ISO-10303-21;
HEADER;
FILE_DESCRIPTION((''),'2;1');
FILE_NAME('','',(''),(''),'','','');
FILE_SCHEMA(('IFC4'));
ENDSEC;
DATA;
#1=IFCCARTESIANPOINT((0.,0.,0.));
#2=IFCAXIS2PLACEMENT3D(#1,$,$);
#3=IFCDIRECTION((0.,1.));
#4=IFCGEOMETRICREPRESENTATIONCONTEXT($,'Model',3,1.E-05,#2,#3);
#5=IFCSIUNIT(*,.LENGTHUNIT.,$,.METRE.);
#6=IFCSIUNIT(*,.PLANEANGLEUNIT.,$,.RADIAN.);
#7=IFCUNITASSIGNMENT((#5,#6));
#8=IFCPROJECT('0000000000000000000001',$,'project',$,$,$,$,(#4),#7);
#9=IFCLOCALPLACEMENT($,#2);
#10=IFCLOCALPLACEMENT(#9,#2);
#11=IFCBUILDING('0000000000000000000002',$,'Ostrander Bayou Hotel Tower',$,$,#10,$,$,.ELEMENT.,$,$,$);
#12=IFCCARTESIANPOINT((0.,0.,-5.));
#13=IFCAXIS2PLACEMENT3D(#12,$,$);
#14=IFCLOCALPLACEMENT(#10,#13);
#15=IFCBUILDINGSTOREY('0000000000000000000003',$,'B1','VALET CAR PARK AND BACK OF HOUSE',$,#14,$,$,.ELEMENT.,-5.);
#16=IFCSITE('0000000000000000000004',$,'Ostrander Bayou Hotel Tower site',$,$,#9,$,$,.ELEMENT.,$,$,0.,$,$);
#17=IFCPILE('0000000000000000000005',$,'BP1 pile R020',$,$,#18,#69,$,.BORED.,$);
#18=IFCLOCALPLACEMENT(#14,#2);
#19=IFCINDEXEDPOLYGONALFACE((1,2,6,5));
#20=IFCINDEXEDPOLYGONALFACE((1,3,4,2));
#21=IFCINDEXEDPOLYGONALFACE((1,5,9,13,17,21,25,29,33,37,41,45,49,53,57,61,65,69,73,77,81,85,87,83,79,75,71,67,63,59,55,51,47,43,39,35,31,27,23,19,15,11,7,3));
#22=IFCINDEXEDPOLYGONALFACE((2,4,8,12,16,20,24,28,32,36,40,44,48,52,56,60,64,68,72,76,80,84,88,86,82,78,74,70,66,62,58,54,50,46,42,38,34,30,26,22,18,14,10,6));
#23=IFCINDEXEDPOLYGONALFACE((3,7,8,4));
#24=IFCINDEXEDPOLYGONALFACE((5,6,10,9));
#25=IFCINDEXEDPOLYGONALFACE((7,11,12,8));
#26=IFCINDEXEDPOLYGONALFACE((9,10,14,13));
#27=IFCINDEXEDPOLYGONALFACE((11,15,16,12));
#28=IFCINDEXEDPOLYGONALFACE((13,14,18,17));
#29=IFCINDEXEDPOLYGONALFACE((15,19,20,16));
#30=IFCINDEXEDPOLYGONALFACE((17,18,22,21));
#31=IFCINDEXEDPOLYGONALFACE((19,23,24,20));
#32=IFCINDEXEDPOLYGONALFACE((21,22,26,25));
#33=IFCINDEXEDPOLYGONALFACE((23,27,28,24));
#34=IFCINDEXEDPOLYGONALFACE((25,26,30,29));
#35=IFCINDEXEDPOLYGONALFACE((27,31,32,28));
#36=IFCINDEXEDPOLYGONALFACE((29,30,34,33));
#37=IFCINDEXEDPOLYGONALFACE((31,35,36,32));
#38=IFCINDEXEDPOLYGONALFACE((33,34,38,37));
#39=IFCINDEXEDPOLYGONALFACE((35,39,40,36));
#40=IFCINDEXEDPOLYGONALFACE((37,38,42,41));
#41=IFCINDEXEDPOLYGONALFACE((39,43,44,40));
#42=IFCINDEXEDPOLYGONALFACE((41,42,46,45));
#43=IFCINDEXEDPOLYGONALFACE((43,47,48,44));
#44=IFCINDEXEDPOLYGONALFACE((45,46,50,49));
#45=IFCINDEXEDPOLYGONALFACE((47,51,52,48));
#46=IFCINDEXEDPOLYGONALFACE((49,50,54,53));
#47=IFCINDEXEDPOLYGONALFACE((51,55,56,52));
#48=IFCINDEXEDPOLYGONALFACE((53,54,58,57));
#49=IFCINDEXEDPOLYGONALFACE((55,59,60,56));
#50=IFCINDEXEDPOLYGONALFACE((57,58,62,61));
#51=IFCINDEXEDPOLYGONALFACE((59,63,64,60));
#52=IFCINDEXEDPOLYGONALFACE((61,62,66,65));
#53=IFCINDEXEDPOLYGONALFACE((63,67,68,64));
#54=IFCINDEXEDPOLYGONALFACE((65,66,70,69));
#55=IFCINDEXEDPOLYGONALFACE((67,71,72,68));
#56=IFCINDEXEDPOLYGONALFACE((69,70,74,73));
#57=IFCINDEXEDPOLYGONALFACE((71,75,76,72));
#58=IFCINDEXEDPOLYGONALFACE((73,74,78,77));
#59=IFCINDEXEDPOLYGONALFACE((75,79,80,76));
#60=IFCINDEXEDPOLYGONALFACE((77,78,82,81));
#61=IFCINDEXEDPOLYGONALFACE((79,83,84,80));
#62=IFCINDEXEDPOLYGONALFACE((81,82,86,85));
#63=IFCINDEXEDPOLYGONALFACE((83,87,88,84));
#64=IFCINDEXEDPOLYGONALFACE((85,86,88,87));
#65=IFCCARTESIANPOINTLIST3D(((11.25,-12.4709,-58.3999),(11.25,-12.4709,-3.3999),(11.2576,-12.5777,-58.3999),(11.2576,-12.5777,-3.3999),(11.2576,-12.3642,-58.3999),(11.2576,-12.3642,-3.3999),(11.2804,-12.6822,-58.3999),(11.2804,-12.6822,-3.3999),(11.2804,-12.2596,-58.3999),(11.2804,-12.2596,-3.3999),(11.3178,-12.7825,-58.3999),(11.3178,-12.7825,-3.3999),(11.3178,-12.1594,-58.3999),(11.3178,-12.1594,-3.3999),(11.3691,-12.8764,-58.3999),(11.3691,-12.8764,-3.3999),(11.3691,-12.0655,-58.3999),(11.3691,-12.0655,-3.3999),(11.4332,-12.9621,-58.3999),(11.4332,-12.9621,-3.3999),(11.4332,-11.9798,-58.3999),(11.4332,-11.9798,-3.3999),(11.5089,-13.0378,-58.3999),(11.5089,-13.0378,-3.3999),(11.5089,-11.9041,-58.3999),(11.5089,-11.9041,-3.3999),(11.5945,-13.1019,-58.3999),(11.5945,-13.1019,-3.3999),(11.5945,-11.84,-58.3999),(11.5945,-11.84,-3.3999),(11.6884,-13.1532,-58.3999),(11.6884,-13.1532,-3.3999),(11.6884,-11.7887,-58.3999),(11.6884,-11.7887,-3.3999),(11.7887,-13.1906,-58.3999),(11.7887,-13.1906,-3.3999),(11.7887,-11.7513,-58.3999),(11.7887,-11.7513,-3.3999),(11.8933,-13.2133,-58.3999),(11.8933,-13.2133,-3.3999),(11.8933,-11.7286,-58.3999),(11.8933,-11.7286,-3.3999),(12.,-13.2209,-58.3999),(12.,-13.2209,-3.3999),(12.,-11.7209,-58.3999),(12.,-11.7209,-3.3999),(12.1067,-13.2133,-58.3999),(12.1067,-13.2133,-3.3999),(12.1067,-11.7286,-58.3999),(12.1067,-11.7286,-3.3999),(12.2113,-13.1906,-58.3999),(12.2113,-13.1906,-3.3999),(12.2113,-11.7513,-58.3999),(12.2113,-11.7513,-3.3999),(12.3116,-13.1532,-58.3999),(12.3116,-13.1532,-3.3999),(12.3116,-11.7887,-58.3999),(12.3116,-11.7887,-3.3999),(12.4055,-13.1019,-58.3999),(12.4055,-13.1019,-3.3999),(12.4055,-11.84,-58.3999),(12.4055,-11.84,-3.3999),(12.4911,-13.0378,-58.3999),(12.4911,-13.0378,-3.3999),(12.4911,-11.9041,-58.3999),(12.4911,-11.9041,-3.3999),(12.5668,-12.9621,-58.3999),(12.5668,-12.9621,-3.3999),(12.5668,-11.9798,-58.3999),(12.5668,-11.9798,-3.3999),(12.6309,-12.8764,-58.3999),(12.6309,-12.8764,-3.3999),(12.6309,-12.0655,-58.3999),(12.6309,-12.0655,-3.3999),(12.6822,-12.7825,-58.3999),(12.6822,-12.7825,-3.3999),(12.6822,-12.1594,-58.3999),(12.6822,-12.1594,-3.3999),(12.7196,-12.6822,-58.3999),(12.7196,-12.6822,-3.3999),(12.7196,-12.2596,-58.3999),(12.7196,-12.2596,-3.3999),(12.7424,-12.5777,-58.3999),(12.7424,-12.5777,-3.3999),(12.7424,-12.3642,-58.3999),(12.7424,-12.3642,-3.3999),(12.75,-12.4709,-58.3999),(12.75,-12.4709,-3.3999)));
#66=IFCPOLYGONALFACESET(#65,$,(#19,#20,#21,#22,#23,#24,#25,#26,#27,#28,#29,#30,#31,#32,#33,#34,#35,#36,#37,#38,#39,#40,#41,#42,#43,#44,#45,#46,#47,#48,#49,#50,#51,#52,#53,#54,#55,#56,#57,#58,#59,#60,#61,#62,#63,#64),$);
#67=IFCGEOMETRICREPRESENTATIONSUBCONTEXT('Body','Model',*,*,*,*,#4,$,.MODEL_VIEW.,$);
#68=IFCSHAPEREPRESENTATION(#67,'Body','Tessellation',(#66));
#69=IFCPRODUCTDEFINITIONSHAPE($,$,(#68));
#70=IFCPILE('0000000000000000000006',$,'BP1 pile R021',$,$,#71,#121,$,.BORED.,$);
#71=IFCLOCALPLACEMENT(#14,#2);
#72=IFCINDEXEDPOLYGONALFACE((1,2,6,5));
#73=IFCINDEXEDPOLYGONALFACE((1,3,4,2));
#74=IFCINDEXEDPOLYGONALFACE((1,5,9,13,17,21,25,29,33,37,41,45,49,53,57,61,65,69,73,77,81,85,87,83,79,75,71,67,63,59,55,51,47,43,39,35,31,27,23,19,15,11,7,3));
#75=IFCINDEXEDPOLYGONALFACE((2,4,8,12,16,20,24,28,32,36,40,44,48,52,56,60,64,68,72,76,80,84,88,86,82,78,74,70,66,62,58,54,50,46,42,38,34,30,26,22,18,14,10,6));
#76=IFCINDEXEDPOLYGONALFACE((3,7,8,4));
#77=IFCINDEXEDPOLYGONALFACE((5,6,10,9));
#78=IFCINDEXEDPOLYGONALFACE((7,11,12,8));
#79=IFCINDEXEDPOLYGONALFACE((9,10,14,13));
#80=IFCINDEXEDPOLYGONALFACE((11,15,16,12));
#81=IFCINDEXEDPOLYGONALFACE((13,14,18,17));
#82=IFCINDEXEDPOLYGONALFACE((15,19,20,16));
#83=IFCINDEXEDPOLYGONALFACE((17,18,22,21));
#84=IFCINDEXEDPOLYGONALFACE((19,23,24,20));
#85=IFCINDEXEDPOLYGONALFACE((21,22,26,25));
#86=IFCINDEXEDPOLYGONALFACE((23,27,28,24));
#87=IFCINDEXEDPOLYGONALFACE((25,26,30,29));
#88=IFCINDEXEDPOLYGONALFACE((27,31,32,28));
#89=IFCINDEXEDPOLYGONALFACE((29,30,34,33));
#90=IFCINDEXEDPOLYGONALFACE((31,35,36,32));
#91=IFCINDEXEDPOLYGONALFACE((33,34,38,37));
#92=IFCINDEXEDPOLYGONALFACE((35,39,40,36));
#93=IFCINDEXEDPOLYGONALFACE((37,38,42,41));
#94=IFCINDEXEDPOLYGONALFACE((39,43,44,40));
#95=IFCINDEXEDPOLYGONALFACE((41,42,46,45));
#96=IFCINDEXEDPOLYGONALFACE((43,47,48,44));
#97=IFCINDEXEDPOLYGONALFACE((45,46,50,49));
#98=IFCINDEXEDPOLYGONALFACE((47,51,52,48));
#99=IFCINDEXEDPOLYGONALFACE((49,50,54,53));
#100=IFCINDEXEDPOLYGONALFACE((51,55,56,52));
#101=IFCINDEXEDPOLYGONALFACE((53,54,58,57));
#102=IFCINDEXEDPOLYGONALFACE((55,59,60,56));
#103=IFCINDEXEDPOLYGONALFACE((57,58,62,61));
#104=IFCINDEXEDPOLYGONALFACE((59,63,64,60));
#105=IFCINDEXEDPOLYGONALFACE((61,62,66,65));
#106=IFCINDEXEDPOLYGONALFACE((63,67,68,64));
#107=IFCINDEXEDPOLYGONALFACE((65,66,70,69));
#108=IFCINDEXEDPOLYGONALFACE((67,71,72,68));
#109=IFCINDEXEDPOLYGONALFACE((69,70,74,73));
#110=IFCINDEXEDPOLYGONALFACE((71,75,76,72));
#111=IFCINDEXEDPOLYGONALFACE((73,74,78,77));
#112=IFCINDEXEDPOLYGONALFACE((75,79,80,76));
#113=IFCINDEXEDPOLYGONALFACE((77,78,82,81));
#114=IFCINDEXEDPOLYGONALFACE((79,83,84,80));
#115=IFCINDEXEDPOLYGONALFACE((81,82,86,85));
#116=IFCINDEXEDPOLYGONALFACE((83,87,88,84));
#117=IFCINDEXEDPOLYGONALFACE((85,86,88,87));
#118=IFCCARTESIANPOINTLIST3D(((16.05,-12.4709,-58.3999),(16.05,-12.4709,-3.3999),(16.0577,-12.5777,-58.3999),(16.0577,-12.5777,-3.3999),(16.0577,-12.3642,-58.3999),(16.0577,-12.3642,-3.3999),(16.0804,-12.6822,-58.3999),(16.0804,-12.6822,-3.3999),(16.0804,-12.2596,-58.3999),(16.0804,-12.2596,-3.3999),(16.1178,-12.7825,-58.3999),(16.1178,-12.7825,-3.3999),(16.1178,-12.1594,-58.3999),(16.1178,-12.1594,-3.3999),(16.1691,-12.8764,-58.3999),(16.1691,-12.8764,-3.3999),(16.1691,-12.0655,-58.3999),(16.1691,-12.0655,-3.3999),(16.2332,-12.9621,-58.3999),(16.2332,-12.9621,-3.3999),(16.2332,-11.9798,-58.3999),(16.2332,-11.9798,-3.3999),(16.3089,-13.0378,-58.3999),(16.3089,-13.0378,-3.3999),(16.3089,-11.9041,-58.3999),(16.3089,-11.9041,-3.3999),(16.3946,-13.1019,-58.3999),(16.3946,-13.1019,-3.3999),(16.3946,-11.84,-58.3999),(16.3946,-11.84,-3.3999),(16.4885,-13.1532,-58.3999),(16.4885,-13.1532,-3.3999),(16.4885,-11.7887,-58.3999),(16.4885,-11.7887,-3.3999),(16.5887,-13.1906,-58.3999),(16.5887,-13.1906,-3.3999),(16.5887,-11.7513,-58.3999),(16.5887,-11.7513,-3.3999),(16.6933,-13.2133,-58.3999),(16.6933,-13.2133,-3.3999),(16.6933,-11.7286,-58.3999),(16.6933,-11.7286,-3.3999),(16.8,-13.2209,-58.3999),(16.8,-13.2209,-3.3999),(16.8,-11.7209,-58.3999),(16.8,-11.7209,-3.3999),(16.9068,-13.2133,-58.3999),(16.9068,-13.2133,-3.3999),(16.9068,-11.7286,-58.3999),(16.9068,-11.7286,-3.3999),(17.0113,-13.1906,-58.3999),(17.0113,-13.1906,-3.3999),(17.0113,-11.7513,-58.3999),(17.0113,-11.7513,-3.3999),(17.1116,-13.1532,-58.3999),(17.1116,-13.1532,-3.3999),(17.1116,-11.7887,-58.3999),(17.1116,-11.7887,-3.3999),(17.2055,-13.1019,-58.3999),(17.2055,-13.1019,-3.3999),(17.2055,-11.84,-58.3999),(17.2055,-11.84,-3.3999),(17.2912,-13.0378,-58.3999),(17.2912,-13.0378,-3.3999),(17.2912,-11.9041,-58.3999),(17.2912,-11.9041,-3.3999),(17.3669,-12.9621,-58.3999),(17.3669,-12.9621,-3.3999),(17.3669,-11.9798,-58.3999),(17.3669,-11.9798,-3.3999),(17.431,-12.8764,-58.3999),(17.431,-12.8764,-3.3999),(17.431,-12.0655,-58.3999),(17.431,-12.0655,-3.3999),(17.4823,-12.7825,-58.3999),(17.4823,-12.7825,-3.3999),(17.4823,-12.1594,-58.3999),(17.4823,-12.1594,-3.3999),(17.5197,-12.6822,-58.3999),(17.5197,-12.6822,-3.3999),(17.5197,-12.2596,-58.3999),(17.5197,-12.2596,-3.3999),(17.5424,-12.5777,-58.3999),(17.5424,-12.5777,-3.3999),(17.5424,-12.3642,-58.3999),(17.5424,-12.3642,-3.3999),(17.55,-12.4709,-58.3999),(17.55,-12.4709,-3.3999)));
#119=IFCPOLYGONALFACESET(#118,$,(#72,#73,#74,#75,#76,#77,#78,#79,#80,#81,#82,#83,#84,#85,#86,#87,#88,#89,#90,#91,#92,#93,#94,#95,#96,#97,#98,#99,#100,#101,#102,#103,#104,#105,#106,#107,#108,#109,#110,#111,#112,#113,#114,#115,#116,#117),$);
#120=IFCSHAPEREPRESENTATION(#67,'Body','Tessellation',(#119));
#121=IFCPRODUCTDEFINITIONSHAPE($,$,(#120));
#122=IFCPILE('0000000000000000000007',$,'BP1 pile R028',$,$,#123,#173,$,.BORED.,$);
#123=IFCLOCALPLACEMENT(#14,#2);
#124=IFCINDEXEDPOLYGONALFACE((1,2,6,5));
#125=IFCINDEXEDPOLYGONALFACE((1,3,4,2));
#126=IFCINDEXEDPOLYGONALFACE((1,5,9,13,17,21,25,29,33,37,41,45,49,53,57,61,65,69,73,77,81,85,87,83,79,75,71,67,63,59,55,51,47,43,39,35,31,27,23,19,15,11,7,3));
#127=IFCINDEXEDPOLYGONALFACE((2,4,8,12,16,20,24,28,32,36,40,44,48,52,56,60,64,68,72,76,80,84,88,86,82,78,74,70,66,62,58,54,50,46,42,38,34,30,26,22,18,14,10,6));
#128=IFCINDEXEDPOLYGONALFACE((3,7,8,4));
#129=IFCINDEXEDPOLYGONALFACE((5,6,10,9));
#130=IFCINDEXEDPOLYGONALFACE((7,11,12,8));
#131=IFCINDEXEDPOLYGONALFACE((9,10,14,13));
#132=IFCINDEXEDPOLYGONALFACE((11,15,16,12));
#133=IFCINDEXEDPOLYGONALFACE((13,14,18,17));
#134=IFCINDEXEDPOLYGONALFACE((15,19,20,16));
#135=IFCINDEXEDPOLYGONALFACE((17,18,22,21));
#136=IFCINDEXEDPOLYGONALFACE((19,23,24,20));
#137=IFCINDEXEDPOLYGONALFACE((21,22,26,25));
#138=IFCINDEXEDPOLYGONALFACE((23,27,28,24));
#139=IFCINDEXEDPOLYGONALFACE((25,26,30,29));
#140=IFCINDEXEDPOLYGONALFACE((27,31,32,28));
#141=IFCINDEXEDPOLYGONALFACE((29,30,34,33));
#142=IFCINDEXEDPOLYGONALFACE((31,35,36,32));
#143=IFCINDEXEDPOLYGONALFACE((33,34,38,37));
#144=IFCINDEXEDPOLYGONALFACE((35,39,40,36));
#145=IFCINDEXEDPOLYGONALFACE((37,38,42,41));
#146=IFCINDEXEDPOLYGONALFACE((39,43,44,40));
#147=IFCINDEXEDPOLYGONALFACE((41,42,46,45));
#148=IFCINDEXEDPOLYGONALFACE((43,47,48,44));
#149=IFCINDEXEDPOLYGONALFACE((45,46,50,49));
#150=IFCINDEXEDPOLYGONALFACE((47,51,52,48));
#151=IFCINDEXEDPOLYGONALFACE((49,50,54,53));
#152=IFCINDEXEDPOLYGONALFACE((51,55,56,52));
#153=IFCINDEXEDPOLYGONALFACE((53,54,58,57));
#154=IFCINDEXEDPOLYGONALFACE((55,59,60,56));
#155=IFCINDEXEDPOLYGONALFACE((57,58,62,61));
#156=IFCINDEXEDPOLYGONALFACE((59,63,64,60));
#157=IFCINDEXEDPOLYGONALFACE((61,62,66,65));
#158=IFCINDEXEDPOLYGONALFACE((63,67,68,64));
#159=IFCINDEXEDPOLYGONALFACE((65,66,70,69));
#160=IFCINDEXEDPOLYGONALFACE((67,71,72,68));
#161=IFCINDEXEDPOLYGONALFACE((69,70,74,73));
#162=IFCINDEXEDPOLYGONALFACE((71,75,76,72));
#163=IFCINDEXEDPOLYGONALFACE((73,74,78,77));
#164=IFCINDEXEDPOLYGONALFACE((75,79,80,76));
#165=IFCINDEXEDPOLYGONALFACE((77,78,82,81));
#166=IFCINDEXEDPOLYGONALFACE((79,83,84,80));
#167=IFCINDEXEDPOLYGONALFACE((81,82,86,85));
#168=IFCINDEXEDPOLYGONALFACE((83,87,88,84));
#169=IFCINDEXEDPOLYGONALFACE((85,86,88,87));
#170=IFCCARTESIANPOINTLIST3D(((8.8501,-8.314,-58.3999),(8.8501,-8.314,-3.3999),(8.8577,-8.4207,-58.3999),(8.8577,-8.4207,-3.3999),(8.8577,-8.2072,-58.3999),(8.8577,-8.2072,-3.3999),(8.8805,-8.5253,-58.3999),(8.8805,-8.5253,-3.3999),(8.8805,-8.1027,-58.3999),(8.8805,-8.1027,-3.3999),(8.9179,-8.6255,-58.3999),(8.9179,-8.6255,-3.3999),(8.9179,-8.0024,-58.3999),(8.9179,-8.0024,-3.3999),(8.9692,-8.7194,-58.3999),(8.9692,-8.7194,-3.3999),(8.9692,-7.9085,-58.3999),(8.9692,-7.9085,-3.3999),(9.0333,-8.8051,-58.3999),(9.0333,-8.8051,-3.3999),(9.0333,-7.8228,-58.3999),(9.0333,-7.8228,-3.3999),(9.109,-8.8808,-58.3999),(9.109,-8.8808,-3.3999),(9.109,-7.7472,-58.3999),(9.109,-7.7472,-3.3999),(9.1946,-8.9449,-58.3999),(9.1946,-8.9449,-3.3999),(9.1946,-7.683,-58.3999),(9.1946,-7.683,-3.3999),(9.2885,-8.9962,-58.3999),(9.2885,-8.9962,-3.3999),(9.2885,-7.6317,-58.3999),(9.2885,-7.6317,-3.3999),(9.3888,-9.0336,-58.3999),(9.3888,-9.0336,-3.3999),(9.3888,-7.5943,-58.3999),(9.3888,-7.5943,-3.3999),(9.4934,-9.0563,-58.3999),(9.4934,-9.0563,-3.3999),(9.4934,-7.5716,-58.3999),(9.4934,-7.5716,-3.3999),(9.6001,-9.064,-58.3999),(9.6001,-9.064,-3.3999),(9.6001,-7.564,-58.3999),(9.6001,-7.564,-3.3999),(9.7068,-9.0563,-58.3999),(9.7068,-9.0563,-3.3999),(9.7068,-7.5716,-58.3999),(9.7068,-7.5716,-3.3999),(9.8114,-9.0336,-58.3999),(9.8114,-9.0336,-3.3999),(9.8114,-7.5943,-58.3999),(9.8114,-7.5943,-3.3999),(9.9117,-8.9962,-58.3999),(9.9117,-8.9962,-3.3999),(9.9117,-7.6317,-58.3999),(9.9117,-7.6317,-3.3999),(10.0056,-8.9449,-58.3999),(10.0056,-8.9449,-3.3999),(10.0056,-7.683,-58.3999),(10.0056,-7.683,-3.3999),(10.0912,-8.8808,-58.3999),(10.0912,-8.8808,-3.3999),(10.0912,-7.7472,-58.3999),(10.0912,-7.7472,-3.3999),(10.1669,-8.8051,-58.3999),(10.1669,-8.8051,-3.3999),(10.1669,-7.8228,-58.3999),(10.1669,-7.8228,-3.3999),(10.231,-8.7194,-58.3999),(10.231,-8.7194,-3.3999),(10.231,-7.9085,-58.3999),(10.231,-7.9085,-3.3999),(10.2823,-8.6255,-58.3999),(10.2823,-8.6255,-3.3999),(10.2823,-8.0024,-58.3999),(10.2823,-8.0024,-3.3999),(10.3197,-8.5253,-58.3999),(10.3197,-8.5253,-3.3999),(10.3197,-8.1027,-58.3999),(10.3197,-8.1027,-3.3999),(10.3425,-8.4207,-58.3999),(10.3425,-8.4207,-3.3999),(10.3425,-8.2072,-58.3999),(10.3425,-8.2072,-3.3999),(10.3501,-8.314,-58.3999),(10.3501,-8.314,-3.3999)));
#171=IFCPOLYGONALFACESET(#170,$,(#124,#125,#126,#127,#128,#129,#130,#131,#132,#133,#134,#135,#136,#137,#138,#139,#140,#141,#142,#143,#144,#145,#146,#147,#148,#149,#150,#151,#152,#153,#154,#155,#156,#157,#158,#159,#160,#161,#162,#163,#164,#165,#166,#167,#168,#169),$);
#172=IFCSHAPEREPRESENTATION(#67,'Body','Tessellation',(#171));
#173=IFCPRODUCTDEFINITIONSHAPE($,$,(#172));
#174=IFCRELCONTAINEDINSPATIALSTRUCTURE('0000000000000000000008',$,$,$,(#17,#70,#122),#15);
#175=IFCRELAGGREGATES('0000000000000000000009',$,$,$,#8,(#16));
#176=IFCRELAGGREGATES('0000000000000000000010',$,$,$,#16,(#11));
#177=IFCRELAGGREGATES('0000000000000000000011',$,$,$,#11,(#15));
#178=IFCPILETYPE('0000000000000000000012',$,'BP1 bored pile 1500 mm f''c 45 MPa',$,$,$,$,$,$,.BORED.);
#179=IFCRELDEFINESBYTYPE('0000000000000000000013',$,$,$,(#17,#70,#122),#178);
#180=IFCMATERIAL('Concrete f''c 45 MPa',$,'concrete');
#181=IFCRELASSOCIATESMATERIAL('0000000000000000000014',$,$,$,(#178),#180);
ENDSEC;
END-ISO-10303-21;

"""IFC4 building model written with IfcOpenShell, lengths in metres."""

from ifc_helpers import new_model, si_unit, direction, frame, origin, origin_2d, place, context, subcontext, project, spatial, circle, extrude, material, material_profile, profile_set, type_object, element, save


model = new_model("IFC4")

# Units and contexts
model_context = context("Model", 3, precision=1e-05, world=origin(), true_north=direction((0.0, 1.0)))
body_context = subcontext(model_context, "Body", "Model", "MODEL_VIEW")
ifc_project = project(units=[si_unit("LENGTHUNIT", "METRE"), si_unit("PLANEANGLEUNIT", "RADIAN")], contexts=[model_context])

# Site, building, storey
site_placement = place(None, origin())
site = spatial("IfcSite", under=ifc_project, at=site_placement, Name="Ostrander Bayou Hotel Tower site", CompositionType="ELEMENT", RefElevation=0.0)
building_placement = place(site_placement, origin())
building = spatial("IfcBuilding", under=site, at=building_placement, Name="Ostrander Bayou Hotel Tower", CompositionType="ELEMENT")
storey_placement = place(building_placement, frame((0.0, 0.0, -5.0)))
storey = spatial("IfcBuildingStorey", under=building, at=storey_placement, Name="B1", Description="VALET CAR PARK AND BACK OF HOUSE", CompositionType="ELEMENT", Elevation=-5.0)

# Piles
ifc_material_1 = material(Name="Concrete f'c 45 MPa", Category="concrete")
ifc_material_profile_1 = material_profile(ifc_material_1, circle(Radius=0.75, at=origin_2d()))
ifc_profile_set_1 = profile_set([ifc_material_profile_1], Name="Concrete f'c 45 MPa")
pile_type = type_object("IfcPileType", Name="BP1 bored pile 1500 mm f'c 45 MPa", PredefinedType="BORED", material=ifc_profile_set_1)
for number, where, z_axis, x_axis, name in (
    (1, (12.0, -12.4709, -3.3999), (0.0, 0.0, -1.0), (1.0, 0.0, 0.0), "BP1 pile R020"),
    (2, (16.8, -12.4709, -3.3999), (0.0, 0.0, -1.0), (1.0, 0.0, 0.0), "BP1 pile R021"),
    (3, (9.6001, -8.314, -3.3999), (0.0, 0.0, -1.0), (1.0, 0.0, 0.0), "BP1 pile R028"),
):
    element("IfcPile", number, at=place(storey_placement, frame(where, z_axis=z_axis, x_axis=x_axis)), inside=storey, type_object=pile_type, Name=name, PredefinedType="BORED", context=body_context, shape_type="SweptSolid", body=[
        extrude(circle(Radius=0.75, at=origin_2d()), origin(), (0.0, 0.0, 1.0), 55.0),
    ])

save(model, "model.ifc")
